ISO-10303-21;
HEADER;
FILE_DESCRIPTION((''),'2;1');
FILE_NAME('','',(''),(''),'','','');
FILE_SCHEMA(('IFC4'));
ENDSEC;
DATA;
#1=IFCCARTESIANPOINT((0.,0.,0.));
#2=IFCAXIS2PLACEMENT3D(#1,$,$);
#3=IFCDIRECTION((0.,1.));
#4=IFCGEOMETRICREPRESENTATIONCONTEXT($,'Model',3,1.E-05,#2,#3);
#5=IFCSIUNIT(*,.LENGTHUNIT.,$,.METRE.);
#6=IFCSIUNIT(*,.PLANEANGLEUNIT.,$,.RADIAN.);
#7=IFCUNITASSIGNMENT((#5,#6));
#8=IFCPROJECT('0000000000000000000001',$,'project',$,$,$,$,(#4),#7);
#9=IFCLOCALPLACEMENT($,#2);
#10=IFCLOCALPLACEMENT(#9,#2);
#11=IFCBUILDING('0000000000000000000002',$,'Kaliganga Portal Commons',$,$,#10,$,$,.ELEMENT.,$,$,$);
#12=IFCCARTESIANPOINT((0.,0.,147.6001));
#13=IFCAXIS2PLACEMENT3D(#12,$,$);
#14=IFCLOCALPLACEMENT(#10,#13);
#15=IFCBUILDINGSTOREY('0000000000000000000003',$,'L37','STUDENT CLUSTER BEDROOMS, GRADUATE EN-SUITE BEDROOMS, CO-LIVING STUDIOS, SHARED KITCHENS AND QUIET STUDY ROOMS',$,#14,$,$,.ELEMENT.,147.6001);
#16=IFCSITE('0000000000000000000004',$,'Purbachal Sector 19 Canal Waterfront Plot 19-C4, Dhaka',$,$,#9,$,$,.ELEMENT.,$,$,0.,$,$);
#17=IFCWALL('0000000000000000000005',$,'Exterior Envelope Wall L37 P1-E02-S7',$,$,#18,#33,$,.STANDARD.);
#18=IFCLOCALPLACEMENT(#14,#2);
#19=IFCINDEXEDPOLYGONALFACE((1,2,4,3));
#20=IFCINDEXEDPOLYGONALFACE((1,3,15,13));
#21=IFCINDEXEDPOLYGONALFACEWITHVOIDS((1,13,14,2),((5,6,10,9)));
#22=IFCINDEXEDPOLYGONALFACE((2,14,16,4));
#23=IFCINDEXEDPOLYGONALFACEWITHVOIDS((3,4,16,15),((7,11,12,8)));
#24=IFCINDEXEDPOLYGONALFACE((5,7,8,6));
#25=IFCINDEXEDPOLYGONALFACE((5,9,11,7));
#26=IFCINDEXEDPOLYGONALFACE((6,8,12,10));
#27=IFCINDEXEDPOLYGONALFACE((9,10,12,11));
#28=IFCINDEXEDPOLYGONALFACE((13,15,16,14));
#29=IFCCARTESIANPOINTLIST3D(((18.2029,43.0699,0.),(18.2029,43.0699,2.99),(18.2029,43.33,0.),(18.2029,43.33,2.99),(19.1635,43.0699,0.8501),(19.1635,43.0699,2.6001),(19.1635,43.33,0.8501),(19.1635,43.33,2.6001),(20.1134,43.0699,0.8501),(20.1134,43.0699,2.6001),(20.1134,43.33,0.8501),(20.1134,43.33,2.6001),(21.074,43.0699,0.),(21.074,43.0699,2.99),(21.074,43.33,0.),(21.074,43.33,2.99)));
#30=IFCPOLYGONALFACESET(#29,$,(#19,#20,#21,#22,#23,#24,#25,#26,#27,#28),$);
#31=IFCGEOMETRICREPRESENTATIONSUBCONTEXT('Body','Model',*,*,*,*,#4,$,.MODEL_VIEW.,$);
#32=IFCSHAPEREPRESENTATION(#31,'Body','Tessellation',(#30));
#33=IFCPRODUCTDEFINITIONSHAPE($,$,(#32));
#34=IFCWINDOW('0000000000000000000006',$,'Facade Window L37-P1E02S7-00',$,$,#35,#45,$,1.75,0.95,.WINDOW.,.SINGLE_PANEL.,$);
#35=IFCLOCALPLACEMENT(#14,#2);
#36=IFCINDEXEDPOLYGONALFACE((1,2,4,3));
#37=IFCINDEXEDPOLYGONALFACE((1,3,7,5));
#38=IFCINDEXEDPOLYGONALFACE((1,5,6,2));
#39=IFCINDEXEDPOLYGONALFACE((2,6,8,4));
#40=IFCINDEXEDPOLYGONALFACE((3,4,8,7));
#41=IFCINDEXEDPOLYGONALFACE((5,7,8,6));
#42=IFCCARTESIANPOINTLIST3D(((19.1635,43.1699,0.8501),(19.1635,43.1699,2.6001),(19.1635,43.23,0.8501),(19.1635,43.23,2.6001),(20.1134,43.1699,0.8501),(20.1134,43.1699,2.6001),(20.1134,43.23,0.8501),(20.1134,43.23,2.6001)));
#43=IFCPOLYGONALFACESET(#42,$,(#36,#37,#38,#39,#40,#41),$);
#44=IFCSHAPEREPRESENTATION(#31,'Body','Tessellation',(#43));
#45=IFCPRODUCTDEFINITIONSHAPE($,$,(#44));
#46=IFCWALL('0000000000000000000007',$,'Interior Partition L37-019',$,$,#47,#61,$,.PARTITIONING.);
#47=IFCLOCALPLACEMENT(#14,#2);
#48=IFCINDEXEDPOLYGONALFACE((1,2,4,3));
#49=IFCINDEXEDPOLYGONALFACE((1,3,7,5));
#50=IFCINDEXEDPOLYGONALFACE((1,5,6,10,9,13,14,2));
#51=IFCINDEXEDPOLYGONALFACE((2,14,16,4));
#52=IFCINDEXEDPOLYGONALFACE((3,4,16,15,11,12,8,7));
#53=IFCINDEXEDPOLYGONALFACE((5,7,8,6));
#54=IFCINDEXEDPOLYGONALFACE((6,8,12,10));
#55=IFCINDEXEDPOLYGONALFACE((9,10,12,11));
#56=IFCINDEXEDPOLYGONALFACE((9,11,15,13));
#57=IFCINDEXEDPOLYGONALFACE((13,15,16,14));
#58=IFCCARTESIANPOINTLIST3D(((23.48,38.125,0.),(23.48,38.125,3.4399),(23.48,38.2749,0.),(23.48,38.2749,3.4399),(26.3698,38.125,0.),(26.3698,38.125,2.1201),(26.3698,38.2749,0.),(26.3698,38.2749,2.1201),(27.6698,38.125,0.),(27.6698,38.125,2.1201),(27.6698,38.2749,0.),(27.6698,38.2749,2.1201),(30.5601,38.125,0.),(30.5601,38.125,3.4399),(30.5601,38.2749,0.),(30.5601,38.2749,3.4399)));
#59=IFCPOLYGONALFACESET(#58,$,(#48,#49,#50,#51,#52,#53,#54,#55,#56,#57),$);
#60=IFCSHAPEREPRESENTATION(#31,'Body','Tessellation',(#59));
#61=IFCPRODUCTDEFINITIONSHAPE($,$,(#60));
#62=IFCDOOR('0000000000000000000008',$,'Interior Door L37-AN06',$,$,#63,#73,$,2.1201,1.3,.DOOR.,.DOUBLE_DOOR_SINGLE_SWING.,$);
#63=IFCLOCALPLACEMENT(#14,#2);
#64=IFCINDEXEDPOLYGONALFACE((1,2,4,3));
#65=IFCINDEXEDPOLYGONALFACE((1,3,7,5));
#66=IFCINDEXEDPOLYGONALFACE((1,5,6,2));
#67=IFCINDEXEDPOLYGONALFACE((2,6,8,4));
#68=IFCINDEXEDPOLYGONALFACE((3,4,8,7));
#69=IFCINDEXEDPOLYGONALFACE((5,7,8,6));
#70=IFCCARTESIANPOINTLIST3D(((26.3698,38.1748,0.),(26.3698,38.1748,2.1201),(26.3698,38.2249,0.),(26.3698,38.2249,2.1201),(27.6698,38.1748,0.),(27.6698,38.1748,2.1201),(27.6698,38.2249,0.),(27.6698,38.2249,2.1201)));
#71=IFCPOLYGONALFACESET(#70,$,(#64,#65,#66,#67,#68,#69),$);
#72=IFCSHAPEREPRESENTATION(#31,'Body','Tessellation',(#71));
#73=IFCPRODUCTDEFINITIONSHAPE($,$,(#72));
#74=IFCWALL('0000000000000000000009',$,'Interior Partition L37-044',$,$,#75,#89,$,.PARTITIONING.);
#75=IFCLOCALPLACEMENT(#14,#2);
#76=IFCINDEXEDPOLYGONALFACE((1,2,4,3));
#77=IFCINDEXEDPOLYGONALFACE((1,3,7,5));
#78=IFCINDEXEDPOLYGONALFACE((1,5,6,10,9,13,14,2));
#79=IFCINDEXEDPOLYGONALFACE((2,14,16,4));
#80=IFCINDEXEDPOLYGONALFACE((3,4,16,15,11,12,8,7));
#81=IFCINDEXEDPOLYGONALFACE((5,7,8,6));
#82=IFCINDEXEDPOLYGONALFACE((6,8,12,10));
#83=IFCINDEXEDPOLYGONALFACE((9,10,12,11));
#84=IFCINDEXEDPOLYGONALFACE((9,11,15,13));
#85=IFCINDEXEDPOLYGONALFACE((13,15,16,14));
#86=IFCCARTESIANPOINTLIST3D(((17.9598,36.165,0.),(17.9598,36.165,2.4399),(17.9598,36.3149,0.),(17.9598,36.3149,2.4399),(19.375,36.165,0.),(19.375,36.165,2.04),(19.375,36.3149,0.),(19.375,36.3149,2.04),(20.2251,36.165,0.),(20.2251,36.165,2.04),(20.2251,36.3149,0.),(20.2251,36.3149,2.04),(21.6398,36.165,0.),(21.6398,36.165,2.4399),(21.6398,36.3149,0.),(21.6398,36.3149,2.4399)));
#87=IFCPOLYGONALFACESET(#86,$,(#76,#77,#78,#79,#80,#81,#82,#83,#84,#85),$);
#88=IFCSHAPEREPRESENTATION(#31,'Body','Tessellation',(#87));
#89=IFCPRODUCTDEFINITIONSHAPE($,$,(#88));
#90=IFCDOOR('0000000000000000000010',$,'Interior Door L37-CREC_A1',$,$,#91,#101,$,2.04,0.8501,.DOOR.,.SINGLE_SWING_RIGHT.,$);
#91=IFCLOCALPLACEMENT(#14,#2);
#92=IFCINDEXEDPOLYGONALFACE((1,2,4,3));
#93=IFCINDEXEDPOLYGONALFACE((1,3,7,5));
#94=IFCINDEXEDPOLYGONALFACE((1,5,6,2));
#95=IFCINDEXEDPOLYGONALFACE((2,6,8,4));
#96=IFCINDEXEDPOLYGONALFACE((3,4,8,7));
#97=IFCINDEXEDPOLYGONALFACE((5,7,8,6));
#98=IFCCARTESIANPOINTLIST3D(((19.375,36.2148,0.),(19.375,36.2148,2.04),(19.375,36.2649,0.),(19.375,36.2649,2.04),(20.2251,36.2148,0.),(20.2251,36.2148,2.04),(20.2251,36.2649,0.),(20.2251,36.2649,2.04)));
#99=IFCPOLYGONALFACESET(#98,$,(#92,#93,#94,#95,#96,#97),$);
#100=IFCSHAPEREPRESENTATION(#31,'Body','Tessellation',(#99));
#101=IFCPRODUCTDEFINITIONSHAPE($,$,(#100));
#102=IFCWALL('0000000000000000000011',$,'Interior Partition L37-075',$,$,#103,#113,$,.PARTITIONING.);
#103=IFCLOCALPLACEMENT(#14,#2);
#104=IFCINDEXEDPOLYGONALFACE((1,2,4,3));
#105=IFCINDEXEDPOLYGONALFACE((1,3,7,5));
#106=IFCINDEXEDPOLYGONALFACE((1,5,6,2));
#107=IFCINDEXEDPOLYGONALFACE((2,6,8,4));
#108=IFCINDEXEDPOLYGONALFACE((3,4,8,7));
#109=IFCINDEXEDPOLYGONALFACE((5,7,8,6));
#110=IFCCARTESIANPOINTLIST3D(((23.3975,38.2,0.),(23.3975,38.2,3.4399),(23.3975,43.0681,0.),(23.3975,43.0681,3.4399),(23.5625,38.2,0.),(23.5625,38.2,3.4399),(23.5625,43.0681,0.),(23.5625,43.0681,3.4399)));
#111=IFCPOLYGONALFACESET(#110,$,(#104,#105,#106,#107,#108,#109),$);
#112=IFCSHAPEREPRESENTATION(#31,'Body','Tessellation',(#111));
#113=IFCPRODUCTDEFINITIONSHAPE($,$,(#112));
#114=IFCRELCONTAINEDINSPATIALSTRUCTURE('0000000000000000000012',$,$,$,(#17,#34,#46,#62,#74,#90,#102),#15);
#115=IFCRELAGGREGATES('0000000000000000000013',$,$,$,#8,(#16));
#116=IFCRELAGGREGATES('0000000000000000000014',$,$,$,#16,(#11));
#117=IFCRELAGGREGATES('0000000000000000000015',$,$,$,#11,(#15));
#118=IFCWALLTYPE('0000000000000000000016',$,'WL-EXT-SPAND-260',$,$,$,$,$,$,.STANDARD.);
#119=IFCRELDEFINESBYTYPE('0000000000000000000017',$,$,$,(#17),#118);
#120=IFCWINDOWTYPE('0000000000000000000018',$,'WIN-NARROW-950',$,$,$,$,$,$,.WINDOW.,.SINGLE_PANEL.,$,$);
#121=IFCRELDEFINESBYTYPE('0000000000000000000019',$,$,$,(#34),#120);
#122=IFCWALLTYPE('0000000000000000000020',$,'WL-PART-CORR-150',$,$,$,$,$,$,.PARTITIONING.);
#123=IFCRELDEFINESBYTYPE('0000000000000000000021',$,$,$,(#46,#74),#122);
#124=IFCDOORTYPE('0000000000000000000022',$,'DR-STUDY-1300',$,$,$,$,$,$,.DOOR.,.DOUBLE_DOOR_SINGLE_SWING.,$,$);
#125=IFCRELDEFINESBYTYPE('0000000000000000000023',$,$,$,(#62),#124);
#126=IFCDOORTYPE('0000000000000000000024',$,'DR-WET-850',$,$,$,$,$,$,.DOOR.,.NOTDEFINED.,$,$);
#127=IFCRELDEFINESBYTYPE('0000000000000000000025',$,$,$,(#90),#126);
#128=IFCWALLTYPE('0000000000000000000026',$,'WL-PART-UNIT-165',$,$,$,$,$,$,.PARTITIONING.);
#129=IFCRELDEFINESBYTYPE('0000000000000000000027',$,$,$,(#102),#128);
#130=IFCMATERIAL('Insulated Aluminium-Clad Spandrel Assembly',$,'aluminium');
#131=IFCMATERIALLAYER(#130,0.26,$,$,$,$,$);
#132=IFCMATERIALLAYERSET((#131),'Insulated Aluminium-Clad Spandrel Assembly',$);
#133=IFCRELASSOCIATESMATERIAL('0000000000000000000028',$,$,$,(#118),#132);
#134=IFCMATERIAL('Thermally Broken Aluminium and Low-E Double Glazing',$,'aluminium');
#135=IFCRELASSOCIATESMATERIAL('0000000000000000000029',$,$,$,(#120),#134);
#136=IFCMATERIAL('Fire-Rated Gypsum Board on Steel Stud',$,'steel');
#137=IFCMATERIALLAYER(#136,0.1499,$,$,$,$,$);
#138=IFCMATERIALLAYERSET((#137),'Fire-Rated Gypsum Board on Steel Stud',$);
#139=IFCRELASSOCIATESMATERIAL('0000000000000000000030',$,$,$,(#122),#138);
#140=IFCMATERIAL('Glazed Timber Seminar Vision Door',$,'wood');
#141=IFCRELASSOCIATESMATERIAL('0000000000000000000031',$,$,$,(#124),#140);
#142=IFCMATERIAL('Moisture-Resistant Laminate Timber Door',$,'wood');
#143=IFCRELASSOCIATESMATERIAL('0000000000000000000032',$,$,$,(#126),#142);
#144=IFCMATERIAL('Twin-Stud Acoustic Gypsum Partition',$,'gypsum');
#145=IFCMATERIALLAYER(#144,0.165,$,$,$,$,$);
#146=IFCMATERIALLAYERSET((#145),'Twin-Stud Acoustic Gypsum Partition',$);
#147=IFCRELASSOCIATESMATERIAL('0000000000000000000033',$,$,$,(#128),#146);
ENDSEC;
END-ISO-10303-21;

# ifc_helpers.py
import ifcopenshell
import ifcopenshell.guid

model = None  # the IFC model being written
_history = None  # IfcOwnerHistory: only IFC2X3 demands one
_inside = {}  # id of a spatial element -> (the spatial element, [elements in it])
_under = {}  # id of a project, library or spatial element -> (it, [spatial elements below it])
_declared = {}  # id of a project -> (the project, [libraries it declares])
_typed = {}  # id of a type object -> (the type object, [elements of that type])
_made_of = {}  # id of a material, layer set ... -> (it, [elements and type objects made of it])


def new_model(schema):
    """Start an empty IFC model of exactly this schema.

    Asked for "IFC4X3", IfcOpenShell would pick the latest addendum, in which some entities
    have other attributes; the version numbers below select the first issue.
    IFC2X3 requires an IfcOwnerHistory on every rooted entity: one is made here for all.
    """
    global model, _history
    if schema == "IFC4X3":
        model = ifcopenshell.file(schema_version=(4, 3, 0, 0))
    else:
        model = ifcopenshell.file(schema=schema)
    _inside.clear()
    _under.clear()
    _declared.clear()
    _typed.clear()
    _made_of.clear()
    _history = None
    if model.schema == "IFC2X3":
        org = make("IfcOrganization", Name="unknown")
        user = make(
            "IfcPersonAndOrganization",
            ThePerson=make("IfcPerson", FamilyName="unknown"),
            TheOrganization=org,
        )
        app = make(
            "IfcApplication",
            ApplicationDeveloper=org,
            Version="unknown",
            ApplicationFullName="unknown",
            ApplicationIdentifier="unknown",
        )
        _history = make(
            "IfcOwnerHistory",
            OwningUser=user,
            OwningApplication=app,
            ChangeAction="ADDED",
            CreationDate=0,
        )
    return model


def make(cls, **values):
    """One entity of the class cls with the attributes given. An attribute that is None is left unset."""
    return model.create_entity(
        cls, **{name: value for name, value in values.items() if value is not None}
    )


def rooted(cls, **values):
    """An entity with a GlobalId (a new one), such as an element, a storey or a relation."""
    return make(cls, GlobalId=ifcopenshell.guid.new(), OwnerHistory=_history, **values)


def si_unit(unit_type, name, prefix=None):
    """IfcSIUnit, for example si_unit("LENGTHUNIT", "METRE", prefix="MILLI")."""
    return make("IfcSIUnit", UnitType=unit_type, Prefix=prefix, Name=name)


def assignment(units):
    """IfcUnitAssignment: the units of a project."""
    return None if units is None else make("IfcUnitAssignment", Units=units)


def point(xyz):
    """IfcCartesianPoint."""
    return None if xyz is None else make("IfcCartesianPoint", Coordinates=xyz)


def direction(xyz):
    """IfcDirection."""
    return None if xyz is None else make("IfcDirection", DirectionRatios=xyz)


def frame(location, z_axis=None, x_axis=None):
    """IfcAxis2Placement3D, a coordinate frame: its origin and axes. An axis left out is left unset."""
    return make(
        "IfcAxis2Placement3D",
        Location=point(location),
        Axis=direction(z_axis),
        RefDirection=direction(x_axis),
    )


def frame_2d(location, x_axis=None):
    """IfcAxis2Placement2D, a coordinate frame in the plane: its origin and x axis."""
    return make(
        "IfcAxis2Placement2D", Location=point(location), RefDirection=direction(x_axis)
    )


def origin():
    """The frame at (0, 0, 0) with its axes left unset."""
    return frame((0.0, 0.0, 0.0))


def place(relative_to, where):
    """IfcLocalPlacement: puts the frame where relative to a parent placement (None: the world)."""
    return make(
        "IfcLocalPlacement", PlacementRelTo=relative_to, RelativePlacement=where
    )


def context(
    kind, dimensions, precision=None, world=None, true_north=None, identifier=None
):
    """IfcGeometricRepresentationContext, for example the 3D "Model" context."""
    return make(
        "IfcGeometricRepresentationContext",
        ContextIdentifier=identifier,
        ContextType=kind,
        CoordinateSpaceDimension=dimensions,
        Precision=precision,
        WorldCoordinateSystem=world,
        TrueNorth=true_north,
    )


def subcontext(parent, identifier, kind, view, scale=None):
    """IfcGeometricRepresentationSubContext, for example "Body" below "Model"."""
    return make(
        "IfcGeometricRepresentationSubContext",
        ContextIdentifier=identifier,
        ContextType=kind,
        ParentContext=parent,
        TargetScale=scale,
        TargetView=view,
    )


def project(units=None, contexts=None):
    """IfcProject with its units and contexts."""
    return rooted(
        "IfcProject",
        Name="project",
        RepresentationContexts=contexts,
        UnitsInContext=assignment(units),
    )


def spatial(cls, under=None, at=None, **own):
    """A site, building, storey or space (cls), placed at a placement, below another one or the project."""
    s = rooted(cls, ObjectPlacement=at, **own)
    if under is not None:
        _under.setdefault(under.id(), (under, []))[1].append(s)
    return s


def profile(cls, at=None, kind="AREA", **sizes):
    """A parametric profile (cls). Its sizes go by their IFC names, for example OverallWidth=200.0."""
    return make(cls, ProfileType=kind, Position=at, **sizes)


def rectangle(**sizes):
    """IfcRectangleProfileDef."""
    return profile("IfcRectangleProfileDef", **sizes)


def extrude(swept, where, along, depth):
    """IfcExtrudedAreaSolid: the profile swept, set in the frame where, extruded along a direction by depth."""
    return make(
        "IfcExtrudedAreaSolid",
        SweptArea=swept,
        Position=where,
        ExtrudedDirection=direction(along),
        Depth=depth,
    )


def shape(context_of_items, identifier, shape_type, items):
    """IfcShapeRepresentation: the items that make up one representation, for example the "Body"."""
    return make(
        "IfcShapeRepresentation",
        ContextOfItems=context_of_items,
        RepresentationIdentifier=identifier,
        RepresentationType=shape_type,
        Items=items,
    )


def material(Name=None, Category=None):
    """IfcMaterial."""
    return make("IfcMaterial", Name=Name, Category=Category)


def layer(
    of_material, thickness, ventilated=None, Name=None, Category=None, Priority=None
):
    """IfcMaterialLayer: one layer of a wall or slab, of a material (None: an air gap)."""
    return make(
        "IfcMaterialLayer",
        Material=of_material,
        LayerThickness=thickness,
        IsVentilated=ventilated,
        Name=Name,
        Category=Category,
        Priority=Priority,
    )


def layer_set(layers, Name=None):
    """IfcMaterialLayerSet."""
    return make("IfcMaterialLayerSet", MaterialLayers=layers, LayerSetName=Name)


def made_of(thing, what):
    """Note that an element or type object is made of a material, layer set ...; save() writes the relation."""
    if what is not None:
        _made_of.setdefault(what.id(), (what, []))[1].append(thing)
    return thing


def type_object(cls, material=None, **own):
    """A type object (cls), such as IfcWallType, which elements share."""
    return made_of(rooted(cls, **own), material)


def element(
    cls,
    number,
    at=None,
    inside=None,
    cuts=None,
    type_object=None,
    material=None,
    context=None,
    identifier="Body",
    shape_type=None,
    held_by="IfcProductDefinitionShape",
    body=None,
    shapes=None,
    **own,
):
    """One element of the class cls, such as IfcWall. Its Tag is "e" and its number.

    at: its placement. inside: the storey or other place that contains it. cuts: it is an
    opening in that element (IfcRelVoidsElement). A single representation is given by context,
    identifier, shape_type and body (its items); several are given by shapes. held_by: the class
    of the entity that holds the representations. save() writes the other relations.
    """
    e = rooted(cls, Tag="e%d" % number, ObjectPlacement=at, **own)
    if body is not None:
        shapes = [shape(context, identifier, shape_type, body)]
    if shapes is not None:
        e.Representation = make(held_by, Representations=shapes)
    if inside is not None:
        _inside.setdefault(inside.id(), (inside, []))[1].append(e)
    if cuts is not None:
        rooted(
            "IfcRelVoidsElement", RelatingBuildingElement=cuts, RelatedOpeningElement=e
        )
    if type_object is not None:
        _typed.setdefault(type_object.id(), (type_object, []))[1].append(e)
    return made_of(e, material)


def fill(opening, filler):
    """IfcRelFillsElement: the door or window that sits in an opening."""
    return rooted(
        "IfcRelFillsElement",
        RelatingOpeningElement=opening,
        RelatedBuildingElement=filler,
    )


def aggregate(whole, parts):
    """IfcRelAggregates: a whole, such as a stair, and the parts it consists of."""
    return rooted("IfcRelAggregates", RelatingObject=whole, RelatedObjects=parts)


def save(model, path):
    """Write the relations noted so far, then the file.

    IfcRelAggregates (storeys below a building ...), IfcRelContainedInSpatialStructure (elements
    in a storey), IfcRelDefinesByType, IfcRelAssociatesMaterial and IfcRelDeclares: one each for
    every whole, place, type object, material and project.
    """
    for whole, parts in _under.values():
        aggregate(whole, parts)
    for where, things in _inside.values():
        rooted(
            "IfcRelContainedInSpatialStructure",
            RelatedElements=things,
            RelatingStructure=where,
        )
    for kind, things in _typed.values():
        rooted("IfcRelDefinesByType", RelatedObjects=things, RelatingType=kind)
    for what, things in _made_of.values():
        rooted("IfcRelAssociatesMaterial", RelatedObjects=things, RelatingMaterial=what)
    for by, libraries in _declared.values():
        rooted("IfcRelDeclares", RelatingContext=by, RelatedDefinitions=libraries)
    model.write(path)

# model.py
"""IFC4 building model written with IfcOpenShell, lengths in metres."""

from ifc_helpers import new_model, si_unit, direction, frame, frame_2d, origin, place, context, subcontext, project, spatial, rectangle, extrude, material, layer, layer_set, type_object, element, fill, save


model = new_model("IFC4")

# Units and contexts
model_context = context("Model", 3, precision=1e-05, world=origin(), true_north=direction((0.0, 1.0)))
body_context = subcontext(model_context, "Body", "Model", "MODEL_VIEW")
ifc_project = project(units=[si_unit("LENGTHUNIT", "METRE"), si_unit("PLANEANGLEUNIT", "RADIAN")], contexts=[model_context])

# Site, building, storey
site_placement = place(None, origin())
site = spatial("IfcSite", under=ifc_project, at=site_placement, Name="Purbachal Sector 19 Canal Waterfront Plot 19-C4, Dhaka", CompositionType="ELEMENT", RefElevation=0.0)
building_placement = place(site_placement, origin())
building = spatial("IfcBuilding", under=site, at=building_placement, Name="Kaliganga Portal Commons", CompositionType="ELEMENT")
storey_placement = place(building_placement, frame((0.0, 0.0, 147.6001)))
storey = spatial("IfcBuildingStorey", under=building, at=storey_placement, Name="L37", Description="STUDENT CLUSTER BEDROOMS, GRADUATE EN-SUITE BEDROOMS, CO-LIVING STUDIOS, SHARED KITCHENS AND QUIET STUDY ROOMS", CompositionType="ELEMENT", Elevation=147.6001)

# Wall, opening, window
ifc_material_1 = material(Name="Insulated Aluminium-Clad Spandrel Assembly", Category="aluminium")
ifc_layer_1 = layer(ifc_material_1, 0.26)
ifc_layer_set_1 = layer_set([ifc_layer_1], Name="Insulated Aluminium-Clad Spandrel Assembly")
wall_type_1 = type_object("IfcWallType", Name="WL-EXT-SPAND-260", PredefinedType="STANDARD", material=ifc_layer_set_1)
ifc_material_2 = material(Name="Thermally Broken Aluminium and Low-E Double Glazing", Category="aluminium")
window_type = type_object("IfcWindowType", Name="WIN-NARROW-950", PartitioningType="SINGLE_PANEL", PredefinedType="WINDOW", material=ifc_material_2)
wall_1_placement = place(storey_placement, frame((18.2029, 43.2, 0.0), z_axis=(0.0, 0.0, 1.0), x_axis=(1.0, 0.0, 0.0)))
wall_1 = element("IfcWall", 1, at=wall_1_placement, inside=storey, type_object=wall_type_1, Name="Exterior Envelope Wall L37 P1-E02-S7", PredefinedType="STANDARD", context=body_context, shape_type="SweptSolid", body=[
    extrude(rectangle(XDim=2.8711, YDim=0.26, at=frame_2d((1.4355, 0.0))), origin(), (0.0, 0.0, 1.0), 2.99),
])
opening_1_placement = place(wall_1_placement, frame((0.9604, 0.0, 0.8501)))
opening_1 = element("IfcOpeningElement", 2, at=opening_1_placement, cuts=wall_1, PredefinedType="OPENING", context=body_context, shape_type="SweptSolid", body=[
    extrude(rectangle(XDim=0.95, YDim=1.75, at=frame_2d((0.4751, 0.875))), frame((0.0, 0.1401, 0.0), z_axis=(0.0, -1.0, 0.0), x_axis=(1.0, 0.0, 0.0)), (0.0, 0.0, 1.0), 0.28),
])
window_1_placement = place(opening_1_placement, origin())
window_1 = element("IfcWindow", 3, at=window_1_placement, inside=storey, type_object=window_type, Name="Facade Window L37-P1E02S7-00", OverallHeight=1.75, OverallWidth=0.95, PartitioningType="SINGLE_PANEL", PredefinedType="WINDOW", context=body_context, shape_type="SweptSolid", body=[
    extrude(rectangle(XDim=0.95, YDim=1.75, at=frame_2d((0.4751, 0.875))), frame((0.0, 0.03, 0.0), z_axis=(0.0, -1.0, 0.0), x_axis=(1.0, 0.0, 0.0)), (0.0, 0.0, 1.0), 0.0601),
])
fill(opening_1, window_1)

# Walls, openings, doors
ifc_material_3 = material(Name="Fire-Rated Gypsum Board on Steel Stud", Category="steel")
ifc_layer_2 = layer(ifc_material_3, 0.1499)
ifc_layer_set_2 = layer_set([ifc_layer_2], Name="Fire-Rated Gypsum Board on Steel Stud")
wall_type_2 = type_object("IfcWallType", Name="WL-PART-CORR-150", PredefinedType="PARTITIONING", material=ifc_layer_set_2)
wall_2_placement = place(storey_placement, frame((23.48, 38.2, 0.0), z_axis=(0.0, 0.0, 1.0), x_axis=(1.0, 0.0, 0.0)))
wall_2 = element("IfcWall", 4, at=wall_2_placement, inside=storey, type_object=wall_type_2, Name="Interior Partition L37-019", PredefinedType="PARTITIONING", context=body_context, shape_type="SweptSolid", body=[
    extrude(rectangle(XDim=7.0801, YDim=0.1499, at=frame_2d((3.54, 0.0))), origin(), (0.0, 0.0, 1.0), 3.4399),
])
opening_2_placement = place(wall_2_placement, frame((2.8899, 0.0, 0.0)))
opening_2 = element("IfcOpeningElement", 5, at=opening_2_placement, cuts=wall_2, PredefinedType="OPENING", context=body_context, shape_type="SweptSolid", body=[
    extrude(rectangle(XDim=1.3, YDim=2.1201, at=frame_2d((0.6499, 1.0601))), frame((0.0, 0.085, 0.0), z_axis=(0.0, -1.0, 0.0), x_axis=(1.0, 0.0, 0.0)), (0.0, 0.0, 1.0), 0.1699),
])
ifc_material_4 = material(Name="Glazed Timber Seminar Vision Door", Category="wood")
door_type_1 = type_object("IfcDoorType", Name="DR-STUDY-1300", OperationType="DOUBLE_DOOR_SINGLE_SWING", PredefinedType="DOOR", material=ifc_material_4)
door_1_placement = place(opening_2_placement, origin())
door_1 = element("IfcDoor", 6, at=door_1_placement, inside=storey, type_object=door_type_1, Name="Interior Door L37-AN06", OperationType="DOUBLE_DOOR_SINGLE_SWING", OverallHeight=2.1201, OverallWidth=1.3, PredefinedType="DOOR", context=body_context, shape_type="SweptSolid", body=[
    extrude(rectangle(XDim=1.3, YDim=2.1201, at=frame_2d((0.6499, 1.0601))), frame((0.0, 0.0249, 0.0), z_axis=(0.0, -1.0, 0.0), x_axis=(1.0, 0.0, 0.0)), (0.0, 0.0, 1.0), 0.05),
])
fill(opening_2, door_1)
wall_3_placement = place(storey_placement, frame((17.96, 36.24, 0.0), z_axis=(0.0, 0.0, 1.0), x_axis=(1.0, 0.0, 0.0)))
wall_3 = element("IfcWall", 7, at=wall_3_placement, inside=storey, type_object=wall_type_2, Name="Interior Partition L37-044", PredefinedType="PARTITIONING", context=body_context, shape_type="SweptSolid", body=[
    extrude(rectangle(XDim=3.6799, YDim=0.1499, at=frame_2d((1.8398, 0.0))), origin(), (0.0, 0.0, 1.0), 2.4399),
])
opening_3_placement = place(wall_3_placement, frame((1.415, 0.0, 0.0)))
opening_3 = element("IfcOpeningElement", 8, at=opening_3_placement, cuts=wall_3, PredefinedType="OPENING", context=body_context, shape_type="SweptSolid", body=[
    extrude(rectangle(XDim=0.8501, YDim=2.04, at=frame_2d((0.425, 1.02))), frame((0.0, 0.085, 0.0), z_axis=(0.0, -1.0, 0.0), x_axis=(1.0, 0.0, 0.0)), (0.0, 0.0, 1.0), 0.1699),
])
ifc_material_5 = material(Name="Moisture-Resistant Laminate Timber Door", Category="wood")
door_type_2 = type_object("IfcDoorType", Name="DR-WET-850", OperationType="NOTDEFINED", PredefinedType="DOOR", material=ifc_material_5)
door_2_placement = place(opening_3_placement, origin())
door_2 = element("IfcDoor", 9, at=door_2_placement, inside=storey, type_object=door_type_2, Name="Interior Door L37-CREC_A1", OperationType="SINGLE_SWING_RIGHT", OverallHeight=2.04, OverallWidth=0.8501, PredefinedType="DOOR", context=body_context, shape_type="SweptSolid", body=[
    extrude(rectangle(XDim=0.8501, YDim=2.04, at=frame_2d((0.425, 1.02))), frame((0.0, 0.0249, 0.0), z_axis=(0.0, -1.0, 0.0), x_axis=(1.0, 0.0, 0.0)), (0.0, 0.0, 1.0), 0.05),
])
fill(opening_3, door_2)

# Wall
ifc_material_6 = material(Name="Twin-Stud Acoustic Gypsum Partition", Category="gypsum")
ifc_layer_3 = layer(ifc_material_6, 0.165)
ifc_layer_set_3 = layer_set([ifc_layer_3], Name="Twin-Stud Acoustic Gypsum Partition")
wall_type_3 = type_object("IfcWallType", Name="WL-PART-UNIT-165", PredefinedType="PARTITIONING", material=ifc_layer_set_3)
wall_4_placement = place(storey_placement, frame((23.48, 38.2, 0.0), z_axis=(0.0, 0.0, 1.0), x_axis=(0.0, 1.0, 0.0)))
element("IfcWall", 10, at=wall_4_placement, inside=storey, type_object=wall_type_3, Name="Interior Partition L37-075", PredefinedType="PARTITIONING", context=body_context, shape_type="SweptSolid", body=[
    extrude(rectangle(XDim=4.8682, YDim=0.165, at=frame_2d((2.4341, 0.0))), origin(), (0.0, 0.0, 1.0), 3.4399),
])

save(model, "model.ifc")
